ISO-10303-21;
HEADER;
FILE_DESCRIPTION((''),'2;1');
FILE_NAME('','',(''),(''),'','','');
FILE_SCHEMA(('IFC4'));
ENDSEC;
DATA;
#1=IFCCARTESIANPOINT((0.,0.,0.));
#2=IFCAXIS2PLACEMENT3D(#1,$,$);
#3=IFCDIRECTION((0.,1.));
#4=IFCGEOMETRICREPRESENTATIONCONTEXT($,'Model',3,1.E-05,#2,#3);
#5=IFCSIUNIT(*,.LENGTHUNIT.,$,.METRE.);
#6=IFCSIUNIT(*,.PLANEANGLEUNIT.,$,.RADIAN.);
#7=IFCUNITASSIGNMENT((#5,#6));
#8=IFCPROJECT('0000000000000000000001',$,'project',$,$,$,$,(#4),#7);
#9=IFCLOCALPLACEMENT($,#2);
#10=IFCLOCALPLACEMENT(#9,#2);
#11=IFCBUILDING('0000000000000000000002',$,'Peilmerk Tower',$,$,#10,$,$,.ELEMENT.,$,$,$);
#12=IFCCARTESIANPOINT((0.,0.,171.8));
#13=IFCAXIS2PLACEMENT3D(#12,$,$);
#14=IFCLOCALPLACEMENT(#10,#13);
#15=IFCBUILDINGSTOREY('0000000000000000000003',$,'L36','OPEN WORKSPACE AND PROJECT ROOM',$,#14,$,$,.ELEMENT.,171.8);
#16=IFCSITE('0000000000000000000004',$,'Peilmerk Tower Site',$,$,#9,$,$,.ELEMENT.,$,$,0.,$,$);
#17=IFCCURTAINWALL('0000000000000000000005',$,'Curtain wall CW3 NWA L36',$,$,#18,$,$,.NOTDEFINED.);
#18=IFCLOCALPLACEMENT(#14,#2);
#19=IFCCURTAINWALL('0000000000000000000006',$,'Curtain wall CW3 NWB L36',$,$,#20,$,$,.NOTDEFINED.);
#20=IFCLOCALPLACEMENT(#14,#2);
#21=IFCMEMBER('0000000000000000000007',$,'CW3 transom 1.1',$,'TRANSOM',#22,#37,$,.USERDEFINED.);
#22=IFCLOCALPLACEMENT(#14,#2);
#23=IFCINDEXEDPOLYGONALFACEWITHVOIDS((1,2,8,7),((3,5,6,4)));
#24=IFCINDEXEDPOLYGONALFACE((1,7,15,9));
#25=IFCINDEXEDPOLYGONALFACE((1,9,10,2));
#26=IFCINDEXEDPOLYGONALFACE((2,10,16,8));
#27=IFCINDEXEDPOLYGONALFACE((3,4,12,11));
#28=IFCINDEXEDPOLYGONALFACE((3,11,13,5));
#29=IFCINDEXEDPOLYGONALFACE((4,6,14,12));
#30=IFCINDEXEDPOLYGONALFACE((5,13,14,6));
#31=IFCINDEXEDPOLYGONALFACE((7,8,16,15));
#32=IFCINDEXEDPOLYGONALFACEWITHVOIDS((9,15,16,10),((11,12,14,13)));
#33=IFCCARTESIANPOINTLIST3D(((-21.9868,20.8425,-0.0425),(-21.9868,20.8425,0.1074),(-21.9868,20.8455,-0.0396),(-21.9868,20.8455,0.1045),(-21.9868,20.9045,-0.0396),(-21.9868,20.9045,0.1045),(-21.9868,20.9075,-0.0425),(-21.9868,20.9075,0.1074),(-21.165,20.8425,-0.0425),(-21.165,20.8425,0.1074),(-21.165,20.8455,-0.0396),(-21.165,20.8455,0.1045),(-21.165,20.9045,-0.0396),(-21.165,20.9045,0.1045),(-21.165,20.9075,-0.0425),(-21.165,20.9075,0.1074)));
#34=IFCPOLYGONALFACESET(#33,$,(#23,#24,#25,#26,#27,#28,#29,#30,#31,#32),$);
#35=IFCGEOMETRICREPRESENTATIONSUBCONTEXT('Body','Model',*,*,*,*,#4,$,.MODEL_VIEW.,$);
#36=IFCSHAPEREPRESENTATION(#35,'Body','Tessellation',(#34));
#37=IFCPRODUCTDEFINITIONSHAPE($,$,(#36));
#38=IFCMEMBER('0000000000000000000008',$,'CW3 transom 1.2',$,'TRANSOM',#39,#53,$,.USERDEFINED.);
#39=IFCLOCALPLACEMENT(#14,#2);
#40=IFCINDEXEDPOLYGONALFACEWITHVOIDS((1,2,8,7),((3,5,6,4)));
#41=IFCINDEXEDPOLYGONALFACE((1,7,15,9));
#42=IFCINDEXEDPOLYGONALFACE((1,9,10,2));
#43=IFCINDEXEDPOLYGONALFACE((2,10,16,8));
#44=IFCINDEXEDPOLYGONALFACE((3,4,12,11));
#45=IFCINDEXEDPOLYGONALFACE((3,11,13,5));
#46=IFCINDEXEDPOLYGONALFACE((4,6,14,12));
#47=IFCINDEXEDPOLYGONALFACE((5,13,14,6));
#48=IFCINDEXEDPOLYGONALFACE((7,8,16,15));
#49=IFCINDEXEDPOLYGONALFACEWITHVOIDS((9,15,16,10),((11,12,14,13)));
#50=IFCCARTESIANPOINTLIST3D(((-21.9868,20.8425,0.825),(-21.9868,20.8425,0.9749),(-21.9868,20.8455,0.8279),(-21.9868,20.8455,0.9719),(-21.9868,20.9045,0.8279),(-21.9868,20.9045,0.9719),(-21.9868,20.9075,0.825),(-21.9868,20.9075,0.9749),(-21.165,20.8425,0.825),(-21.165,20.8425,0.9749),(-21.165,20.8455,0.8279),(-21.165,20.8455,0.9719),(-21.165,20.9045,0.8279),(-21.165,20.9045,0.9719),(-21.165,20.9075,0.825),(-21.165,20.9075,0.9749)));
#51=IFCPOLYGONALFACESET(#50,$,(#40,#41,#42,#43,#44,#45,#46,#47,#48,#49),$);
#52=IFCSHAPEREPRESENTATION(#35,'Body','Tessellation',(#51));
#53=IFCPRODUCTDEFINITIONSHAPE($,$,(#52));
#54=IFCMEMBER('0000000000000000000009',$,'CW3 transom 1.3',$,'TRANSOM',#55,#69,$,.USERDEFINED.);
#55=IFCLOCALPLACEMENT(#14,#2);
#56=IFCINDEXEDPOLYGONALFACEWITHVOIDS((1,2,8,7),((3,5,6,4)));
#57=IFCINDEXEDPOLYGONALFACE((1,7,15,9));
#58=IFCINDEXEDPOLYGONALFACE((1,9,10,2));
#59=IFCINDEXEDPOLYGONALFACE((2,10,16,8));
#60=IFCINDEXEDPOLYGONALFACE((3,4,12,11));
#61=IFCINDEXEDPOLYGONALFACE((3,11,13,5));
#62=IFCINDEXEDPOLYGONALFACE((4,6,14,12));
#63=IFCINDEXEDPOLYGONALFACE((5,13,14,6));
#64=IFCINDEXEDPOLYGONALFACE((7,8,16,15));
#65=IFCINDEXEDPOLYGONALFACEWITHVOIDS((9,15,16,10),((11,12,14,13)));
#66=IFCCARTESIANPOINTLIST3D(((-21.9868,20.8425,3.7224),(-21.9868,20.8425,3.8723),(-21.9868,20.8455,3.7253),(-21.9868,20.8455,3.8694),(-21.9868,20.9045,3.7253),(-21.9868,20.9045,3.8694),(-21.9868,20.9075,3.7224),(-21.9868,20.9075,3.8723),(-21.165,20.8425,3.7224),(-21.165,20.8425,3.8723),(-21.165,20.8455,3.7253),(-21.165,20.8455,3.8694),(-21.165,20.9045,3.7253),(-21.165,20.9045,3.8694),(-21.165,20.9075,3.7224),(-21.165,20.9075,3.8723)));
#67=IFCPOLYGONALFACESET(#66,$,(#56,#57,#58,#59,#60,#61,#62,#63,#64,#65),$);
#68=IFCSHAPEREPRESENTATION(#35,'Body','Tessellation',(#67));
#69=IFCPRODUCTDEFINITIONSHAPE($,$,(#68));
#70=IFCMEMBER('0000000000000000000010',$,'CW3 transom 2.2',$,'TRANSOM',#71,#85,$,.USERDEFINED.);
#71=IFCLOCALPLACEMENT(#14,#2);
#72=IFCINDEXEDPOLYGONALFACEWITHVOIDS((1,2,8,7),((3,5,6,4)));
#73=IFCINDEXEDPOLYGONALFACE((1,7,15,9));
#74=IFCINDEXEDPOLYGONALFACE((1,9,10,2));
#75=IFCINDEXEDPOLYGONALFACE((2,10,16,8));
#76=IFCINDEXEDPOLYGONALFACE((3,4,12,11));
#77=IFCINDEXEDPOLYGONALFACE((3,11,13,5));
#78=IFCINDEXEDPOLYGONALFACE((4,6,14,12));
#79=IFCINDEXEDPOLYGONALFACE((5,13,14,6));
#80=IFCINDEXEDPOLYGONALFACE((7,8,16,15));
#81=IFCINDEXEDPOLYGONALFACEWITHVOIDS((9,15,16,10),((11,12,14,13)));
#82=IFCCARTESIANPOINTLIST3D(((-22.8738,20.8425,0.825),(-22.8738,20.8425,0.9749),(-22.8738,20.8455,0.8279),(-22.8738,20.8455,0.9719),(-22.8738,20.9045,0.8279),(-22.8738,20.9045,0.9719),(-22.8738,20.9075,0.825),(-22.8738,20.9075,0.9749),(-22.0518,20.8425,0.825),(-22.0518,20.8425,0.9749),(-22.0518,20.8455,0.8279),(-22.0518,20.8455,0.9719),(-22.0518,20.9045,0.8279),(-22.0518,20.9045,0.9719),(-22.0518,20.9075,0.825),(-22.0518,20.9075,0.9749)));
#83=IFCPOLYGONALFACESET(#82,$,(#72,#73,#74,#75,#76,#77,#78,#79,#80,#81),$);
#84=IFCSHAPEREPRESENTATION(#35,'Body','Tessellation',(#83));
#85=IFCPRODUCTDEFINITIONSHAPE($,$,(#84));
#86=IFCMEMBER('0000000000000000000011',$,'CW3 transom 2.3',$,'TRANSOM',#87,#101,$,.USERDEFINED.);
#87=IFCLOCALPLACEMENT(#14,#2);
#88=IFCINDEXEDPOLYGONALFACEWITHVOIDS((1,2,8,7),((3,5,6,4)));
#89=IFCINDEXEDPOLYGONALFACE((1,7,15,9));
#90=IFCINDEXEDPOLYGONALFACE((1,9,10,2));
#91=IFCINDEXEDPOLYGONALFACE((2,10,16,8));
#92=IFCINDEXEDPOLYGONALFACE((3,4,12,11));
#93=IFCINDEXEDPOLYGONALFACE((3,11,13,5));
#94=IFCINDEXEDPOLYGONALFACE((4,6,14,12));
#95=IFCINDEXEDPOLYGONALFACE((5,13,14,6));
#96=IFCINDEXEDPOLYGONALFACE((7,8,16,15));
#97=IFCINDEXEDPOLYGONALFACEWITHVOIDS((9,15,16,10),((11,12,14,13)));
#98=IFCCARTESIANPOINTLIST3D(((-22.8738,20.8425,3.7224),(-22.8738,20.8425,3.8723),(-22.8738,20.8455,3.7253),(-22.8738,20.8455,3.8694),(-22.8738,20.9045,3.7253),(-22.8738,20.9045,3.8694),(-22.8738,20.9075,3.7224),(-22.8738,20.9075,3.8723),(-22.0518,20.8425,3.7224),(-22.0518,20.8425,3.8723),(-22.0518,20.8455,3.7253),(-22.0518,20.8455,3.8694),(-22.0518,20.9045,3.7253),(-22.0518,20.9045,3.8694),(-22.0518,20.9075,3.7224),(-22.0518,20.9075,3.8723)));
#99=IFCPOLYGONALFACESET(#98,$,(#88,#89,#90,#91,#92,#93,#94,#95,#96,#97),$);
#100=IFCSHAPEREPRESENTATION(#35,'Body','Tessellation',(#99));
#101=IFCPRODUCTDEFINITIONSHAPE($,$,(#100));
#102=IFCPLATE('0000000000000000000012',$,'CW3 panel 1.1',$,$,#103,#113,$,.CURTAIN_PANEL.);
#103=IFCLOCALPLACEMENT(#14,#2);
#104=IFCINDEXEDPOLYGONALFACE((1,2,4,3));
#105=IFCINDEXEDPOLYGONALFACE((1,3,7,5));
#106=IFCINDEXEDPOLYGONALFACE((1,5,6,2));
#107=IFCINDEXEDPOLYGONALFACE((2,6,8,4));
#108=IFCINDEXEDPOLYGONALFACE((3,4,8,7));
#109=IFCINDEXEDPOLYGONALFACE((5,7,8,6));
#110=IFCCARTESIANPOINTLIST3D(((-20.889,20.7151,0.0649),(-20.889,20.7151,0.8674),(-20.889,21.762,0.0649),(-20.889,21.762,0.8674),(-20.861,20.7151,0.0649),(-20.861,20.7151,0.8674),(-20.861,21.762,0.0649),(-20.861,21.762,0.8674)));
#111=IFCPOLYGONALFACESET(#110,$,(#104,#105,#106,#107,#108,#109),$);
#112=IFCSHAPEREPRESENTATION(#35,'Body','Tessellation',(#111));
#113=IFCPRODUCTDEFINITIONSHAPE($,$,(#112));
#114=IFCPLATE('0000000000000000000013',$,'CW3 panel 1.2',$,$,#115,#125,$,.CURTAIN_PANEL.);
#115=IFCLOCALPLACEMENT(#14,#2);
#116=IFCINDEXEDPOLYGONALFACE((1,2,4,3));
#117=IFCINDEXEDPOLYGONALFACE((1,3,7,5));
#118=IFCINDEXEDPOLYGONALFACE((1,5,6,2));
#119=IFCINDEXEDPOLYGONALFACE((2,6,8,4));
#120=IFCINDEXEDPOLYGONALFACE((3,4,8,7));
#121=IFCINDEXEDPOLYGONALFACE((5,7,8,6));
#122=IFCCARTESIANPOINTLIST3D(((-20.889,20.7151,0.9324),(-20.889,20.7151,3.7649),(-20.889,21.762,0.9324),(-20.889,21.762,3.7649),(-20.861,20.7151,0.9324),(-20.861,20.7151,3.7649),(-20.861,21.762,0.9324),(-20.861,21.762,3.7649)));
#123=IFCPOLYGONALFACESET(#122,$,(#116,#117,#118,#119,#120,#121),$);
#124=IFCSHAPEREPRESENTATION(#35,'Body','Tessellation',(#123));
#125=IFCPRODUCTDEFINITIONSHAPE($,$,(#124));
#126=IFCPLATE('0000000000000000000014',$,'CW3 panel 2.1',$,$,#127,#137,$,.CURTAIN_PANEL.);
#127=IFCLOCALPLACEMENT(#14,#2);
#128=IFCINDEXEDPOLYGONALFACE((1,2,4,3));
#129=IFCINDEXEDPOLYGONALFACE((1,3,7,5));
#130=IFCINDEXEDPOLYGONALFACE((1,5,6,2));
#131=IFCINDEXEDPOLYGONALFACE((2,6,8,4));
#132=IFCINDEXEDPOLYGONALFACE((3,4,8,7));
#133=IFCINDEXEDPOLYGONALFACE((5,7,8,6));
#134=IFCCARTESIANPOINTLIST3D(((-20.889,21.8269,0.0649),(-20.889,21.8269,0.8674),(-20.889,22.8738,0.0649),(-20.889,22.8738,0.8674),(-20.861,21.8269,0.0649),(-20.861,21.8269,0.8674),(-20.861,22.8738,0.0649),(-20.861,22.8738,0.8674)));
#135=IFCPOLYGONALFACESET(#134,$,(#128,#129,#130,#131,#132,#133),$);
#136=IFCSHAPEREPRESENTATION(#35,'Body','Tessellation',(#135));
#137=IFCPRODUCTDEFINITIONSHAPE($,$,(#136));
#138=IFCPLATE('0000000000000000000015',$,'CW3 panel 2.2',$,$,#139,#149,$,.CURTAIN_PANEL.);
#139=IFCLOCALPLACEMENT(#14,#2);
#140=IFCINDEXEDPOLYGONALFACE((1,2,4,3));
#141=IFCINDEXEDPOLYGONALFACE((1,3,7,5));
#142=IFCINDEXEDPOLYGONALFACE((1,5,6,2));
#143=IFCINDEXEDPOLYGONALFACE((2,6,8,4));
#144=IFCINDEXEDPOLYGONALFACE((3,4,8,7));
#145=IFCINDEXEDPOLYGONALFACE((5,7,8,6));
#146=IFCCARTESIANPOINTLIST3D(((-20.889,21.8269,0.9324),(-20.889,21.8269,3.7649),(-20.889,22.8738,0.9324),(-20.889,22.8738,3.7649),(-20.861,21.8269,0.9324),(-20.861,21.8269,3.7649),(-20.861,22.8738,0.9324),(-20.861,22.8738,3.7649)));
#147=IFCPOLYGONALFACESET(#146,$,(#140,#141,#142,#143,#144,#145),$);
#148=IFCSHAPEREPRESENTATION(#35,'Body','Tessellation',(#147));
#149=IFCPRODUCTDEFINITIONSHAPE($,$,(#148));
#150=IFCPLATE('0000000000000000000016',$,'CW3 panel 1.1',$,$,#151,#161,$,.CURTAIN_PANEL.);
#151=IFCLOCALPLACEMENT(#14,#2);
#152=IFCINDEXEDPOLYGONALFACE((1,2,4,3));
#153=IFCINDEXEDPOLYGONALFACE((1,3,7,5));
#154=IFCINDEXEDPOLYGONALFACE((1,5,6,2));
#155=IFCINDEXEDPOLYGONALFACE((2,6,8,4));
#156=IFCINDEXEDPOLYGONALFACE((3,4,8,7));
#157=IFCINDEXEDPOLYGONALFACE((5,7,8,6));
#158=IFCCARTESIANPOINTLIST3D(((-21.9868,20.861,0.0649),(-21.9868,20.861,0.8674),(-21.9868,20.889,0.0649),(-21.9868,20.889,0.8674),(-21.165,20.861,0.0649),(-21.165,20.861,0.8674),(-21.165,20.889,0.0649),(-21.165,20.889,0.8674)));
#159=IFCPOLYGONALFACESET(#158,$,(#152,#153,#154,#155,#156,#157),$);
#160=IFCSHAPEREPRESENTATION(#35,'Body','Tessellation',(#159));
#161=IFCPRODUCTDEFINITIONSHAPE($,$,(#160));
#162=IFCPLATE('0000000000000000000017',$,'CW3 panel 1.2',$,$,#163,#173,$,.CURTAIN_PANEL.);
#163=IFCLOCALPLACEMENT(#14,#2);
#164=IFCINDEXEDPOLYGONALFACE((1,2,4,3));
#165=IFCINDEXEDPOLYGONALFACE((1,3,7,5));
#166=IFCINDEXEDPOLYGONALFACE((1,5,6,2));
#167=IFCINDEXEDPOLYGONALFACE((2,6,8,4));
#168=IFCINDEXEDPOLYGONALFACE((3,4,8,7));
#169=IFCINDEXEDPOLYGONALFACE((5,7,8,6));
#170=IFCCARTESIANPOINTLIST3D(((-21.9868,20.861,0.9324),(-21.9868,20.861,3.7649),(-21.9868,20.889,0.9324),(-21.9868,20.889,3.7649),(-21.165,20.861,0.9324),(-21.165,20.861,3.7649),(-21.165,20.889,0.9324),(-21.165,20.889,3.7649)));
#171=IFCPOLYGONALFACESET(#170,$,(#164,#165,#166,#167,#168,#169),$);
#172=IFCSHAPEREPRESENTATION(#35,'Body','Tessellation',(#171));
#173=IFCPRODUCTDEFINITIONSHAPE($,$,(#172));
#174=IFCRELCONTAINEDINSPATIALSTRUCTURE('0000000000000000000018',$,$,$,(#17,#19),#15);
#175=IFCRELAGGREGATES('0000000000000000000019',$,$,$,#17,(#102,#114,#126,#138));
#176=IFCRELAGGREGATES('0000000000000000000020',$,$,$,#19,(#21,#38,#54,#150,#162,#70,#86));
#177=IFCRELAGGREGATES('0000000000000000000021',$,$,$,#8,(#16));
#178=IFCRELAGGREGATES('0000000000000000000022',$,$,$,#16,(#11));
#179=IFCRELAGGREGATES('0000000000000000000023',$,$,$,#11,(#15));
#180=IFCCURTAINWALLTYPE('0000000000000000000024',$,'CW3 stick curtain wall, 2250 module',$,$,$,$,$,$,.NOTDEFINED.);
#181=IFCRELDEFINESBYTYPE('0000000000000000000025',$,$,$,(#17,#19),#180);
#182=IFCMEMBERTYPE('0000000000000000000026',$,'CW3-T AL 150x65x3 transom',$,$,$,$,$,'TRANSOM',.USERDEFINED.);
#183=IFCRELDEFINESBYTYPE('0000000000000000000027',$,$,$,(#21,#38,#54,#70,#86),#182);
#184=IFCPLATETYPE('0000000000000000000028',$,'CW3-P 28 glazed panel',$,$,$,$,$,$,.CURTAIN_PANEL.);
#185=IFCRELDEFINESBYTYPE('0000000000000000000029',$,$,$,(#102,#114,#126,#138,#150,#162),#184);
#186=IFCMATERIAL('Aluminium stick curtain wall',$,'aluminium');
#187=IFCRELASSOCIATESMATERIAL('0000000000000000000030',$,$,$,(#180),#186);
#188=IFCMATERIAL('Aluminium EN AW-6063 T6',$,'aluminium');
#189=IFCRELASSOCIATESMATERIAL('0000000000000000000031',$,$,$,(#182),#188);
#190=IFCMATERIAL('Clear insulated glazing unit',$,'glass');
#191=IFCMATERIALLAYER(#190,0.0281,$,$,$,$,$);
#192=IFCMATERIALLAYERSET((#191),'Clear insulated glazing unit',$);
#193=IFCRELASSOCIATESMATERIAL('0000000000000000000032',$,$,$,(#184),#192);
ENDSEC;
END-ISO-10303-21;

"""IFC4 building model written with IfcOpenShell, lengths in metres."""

from ifc_helpers import new_model, si_unit, direction, frame, origin, origin_2d, place, context, subcontext, project, spatial, rectangle, hollow_rectangle, extrude, material, layer, layer_set, material_profile, profile_set, type_object, element, aggregate, save


model = new_model("IFC4")

# Units and contexts
model_context = context("Model", 3, precision=1e-05, world=origin(), true_north=direction((0.0, 1.0)))
body_context = subcontext(model_context, "Body", "Model", "MODEL_VIEW")
ifc_project = project(units=[si_unit("LENGTHUNIT", "METRE"), si_unit("PLANEANGLEUNIT", "RADIAN")], contexts=[model_context])

# Site, building, storey
site_placement = place(None, origin())
site = spatial("IfcSite", under=ifc_project, at=site_placement, Name="Peilmerk Tower Site", CompositionType="ELEMENT", RefElevation=0.0)
building_placement = place(site_placement, origin())
building = spatial("IfcBuilding", under=site, at=building_placement, Name="Peilmerk Tower", CompositionType="ELEMENT")
storey_placement = place(building_placement, frame((0.0, 0.0, 171.8)))
storey = spatial("IfcBuildingStorey", under=building, at=storey_placement, Name="L36", Description="OPEN WORKSPACE AND PROJECT ROOM", CompositionType="ELEMENT", Elevation=171.8)

# Curtain walls
ifc_material_1 = material(Name="Aluminium stick curtain wall", Category="aluminium")
curtain_wall_type = type_object("IfcCurtainWallType", Name="CW3 stick curtain wall, 2250 module", PredefinedType="NOTDEFINED", material=ifc_material_1)
curtain_wall_1_placement = place(storey_placement, origin())
curtain_wall_1 = element("IfcCurtainWall", 1, at=curtain_wall_1_placement, inside=storey, type_object=curtain_wall_type, Name="Curtain wall CW3 NWA L36", PredefinedType="NOTDEFINED")
ifc_material_2 = material(Name="Aluminium EN AW-6063 T6", Category="aluminium")
curtain_wall_2_placement = place(storey_placement, origin())
curtain_wall_2 = element("IfcCurtainWall", 2, at=curtain_wall_2_placement, inside=storey, type_object=curtain_wall_type, Name="Curtain wall CW3 NWB L36", PredefinedType="NOTDEFINED")

# Members
ifc_material_profile_1 = material_profile(ifc_material_2, hollow_rectangle(XDim=0.0649, YDim=0.1499, WallThickness=0.0029, at=origin_2d()), Name="AL 150x65x3")
ifc_profile_set_1 = profile_set([ifc_material_profile_1], Name="Aluminium EN AW-6063 T6")
member_type_1 = type_object("IfcMemberType", Name="CW3-T AL 150x65x3 transom", ElementType="TRANSOM", PredefinedType="USERDEFINED", material=ifc_profile_set_1)
member_1_placement = place(storey_placement, frame((-21.165, 20.875, 0.0325), z_axis=(-1.0, 0.0, 0.0), x_axis=(0.0, -1.0, 0.0)))
member_1 = element("IfcMember", 3, at=member_1_placement, type_object=member_type_1, Name="CW3 transom 1.1", ObjectType="TRANSOM", PredefinedType="USERDEFINED", context=body_context, shape_type="SweptSolid", body=[
    extrude(hollow_rectangle(XDim=0.0649, YDim=0.1499, WallThickness=0.0029, at=origin_2d()), origin(), (0.0, 0.0, 1.0), 0.8218),
])
member_2_placement = place(storey_placement, frame((-21.165, 20.875, 0.8999), z_axis=(-1.0, 0.0, 0.0), x_axis=(0.0, -1.0, 0.0)))
member_2 = element("IfcMember", 4, at=member_2_placement, type_object=member_type_1, Name="CW3 transom 1.2", ObjectType="TRANSOM", PredefinedType="USERDEFINED", context=body_context, shape_type="SweptSolid", body=[
    extrude(hollow_rectangle(XDim=0.0649, YDim=0.1499, WallThickness=0.0029, at=origin_2d()), origin(), (0.0, 0.0, 1.0), 0.8218),
])
member_3_placement = place(storey_placement, frame((-21.165, 20.875, 3.7974), z_axis=(-1.0, 0.0, 0.0), x_axis=(0.0, -1.0, 0.0)))
member_3 = element("IfcMember", 5, at=member_3_placement, type_object=member_type_1, Name="CW3 transom 1.3", ObjectType="TRANSOM", PredefinedType="USERDEFINED", context=body_context, shape_type="SweptSolid", body=[
    extrude(hollow_rectangle(XDim=0.0649, YDim=0.1499, WallThickness=0.0029, at=origin_2d()), origin(), (0.0, 0.0, 1.0), 0.8218),
])
member_4_placement = place(storey_placement, frame((-22.0518, 20.875, 0.8999), z_axis=(-1.0, 0.0, 0.0), x_axis=(0.0, -1.0, 0.0)))
member_4 = element("IfcMember", 6, at=member_4_placement, type_object=member_type_1, Name="CW3 transom 2.2", ObjectType="TRANSOM", PredefinedType="USERDEFINED", context=body_context, shape_type="SweptSolid", body=[
    extrude(hollow_rectangle(XDim=0.0649, YDim=0.1499, WallThickness=0.0029, at=origin_2d()), origin(), (0.0, 0.0, 1.0), 0.822),
])
member_5_placement = place(storey_placement, frame((-22.0518, 20.875, 3.7974), z_axis=(-1.0, 0.0, 0.0), x_axis=(0.0, -1.0, 0.0)))
member_5 = element("IfcMember", 7, at=member_5_placement, type_object=member_type_1, Name="CW3 transom 2.3", ObjectType="TRANSOM", PredefinedType="USERDEFINED", context=body_context, shape_type="SweptSolid", body=[
    extrude(hollow_rectangle(XDim=0.0649, YDim=0.1499, WallThickness=0.0029, at=origin_2d()), origin(), (0.0, 0.0, 1.0), 0.822),
])

# Plates
ifc_material_3 = material(Name="Clear insulated glazing unit", Category="glass")
ifc_layer_1 = layer(ifc_material_3, 0.0281)
ifc_layer_set_1 = layer_set([ifc_layer_1], Name="Clear insulated glazing unit")
plate_type = type_object("IfcPlateType", Name="CW3-P 28 glazed panel", PredefinedType="CURTAIN_PANEL", material=ifc_layer_set_1)
plate_1_placement = place(storey_placement, frame((-20.875, 21.2385, 0.0649), z_axis=(0.0, 0.0, 1.0), x_axis=(0.0, 1.0, 0.0)))
plate_1 = element("IfcPlate", 8, at=plate_1_placement, type_object=plate_type, Name="CW3 panel 1.1", PredefinedType="CURTAIN_PANEL", context=body_context, shape_type="SweptSolid", body=[
    extrude(rectangle(XDim=1.0469, YDim=0.0281, at=origin_2d()), origin(), (0.0, 0.0, 1.0), 0.8025),
])
plate_2_placement = place(storey_placement, frame((-20.875, 21.2385, 0.9324), z_axis=(0.0, 0.0, 1.0), x_axis=(0.0, 1.0, 0.0)))
plate_2 = element("IfcPlate", 9, at=plate_2_placement, type_object=plate_type, Name="CW3 panel 1.2", PredefinedType="CURTAIN_PANEL", context=body_context, shape_type="SweptSolid", body=[
    extrude(rectangle(XDim=1.0469, YDim=0.0281, at=origin_2d()), origin(), (0.0, 0.0, 1.0), 2.8325),
])
plate_3_placement = place(storey_placement, frame((-20.875, 22.3503, 0.0649), z_axis=(0.0, 0.0, 1.0), x_axis=(0.0, 1.0, 0.0)))
plate_3 = element("IfcPlate", 10, at=plate_3_placement, type_object=plate_type, Name="CW3 panel 2.1", PredefinedType="CURTAIN_PANEL", context=body_context, shape_type="SweptSolid", body=[
    extrude(rectangle(XDim=1.0469, YDim=0.0281, at=origin_2d()), origin(), (0.0, 0.0, 1.0), 0.8025),
])
plate_4_placement = place(storey_placement, frame((-20.875, 22.3503, 0.9324), z_axis=(0.0, 0.0, 1.0), x_axis=(0.0, 1.0, 0.0)))
plate_4 = element("IfcPlate", 11, at=plate_4_placement, type_object=plate_type, Name="CW3 panel 2.2", PredefinedType="CURTAIN_PANEL", context=body_context, shape_type="SweptSolid", body=[
    extrude(rectangle(XDim=1.0469, YDim=0.0281, at=origin_2d()), origin(), (0.0, 0.0, 1.0), 2.8325),
])
aggregate(curtain_wall_1, [plate_1, plate_2, plate_3, plate_4])
plate_5_placement = place(storey_placement, frame((-21.5759, 20.875, 0.0649), z_axis=(0.0, 0.0, 1.0), x_axis=(-1.0, 0.0, 0.0)))
plate_5 = element("IfcPlate", 12, at=plate_5_placement, type_object=plate_type, Name="CW3 panel 1.1", PredefinedType="CURTAIN_PANEL", context=body_context, shape_type="SweptSolid", body=[
    extrude(rectangle(XDim=0.8218, YDim=0.0281, at=origin_2d()), origin(), (0.0, 0.0, 1.0), 0.8025),
])
plate_6_placement = place(storey_placement, frame((-21.5759, 20.875, 0.9324), z_axis=(0.0, 0.0, 1.0), x_axis=(-1.0, 0.0, 0.0)))
plate_6 = element("IfcPlate", 13, at=plate_6_placement, type_object=plate_type, Name="CW3 panel 1.2", PredefinedType="CURTAIN_PANEL", context=body_context, shape_type="SweptSolid", body=[
    extrude(rectangle(XDim=0.8218, YDim=0.0281, at=origin_2d()), origin(), (0.0, 0.0, 1.0), 2.8325),
])
aggregate(curtain_wall_2, [member_1, member_2, member_3, plate_5, plate_6, member_4, member_5])

save(model, "model.ifc")
